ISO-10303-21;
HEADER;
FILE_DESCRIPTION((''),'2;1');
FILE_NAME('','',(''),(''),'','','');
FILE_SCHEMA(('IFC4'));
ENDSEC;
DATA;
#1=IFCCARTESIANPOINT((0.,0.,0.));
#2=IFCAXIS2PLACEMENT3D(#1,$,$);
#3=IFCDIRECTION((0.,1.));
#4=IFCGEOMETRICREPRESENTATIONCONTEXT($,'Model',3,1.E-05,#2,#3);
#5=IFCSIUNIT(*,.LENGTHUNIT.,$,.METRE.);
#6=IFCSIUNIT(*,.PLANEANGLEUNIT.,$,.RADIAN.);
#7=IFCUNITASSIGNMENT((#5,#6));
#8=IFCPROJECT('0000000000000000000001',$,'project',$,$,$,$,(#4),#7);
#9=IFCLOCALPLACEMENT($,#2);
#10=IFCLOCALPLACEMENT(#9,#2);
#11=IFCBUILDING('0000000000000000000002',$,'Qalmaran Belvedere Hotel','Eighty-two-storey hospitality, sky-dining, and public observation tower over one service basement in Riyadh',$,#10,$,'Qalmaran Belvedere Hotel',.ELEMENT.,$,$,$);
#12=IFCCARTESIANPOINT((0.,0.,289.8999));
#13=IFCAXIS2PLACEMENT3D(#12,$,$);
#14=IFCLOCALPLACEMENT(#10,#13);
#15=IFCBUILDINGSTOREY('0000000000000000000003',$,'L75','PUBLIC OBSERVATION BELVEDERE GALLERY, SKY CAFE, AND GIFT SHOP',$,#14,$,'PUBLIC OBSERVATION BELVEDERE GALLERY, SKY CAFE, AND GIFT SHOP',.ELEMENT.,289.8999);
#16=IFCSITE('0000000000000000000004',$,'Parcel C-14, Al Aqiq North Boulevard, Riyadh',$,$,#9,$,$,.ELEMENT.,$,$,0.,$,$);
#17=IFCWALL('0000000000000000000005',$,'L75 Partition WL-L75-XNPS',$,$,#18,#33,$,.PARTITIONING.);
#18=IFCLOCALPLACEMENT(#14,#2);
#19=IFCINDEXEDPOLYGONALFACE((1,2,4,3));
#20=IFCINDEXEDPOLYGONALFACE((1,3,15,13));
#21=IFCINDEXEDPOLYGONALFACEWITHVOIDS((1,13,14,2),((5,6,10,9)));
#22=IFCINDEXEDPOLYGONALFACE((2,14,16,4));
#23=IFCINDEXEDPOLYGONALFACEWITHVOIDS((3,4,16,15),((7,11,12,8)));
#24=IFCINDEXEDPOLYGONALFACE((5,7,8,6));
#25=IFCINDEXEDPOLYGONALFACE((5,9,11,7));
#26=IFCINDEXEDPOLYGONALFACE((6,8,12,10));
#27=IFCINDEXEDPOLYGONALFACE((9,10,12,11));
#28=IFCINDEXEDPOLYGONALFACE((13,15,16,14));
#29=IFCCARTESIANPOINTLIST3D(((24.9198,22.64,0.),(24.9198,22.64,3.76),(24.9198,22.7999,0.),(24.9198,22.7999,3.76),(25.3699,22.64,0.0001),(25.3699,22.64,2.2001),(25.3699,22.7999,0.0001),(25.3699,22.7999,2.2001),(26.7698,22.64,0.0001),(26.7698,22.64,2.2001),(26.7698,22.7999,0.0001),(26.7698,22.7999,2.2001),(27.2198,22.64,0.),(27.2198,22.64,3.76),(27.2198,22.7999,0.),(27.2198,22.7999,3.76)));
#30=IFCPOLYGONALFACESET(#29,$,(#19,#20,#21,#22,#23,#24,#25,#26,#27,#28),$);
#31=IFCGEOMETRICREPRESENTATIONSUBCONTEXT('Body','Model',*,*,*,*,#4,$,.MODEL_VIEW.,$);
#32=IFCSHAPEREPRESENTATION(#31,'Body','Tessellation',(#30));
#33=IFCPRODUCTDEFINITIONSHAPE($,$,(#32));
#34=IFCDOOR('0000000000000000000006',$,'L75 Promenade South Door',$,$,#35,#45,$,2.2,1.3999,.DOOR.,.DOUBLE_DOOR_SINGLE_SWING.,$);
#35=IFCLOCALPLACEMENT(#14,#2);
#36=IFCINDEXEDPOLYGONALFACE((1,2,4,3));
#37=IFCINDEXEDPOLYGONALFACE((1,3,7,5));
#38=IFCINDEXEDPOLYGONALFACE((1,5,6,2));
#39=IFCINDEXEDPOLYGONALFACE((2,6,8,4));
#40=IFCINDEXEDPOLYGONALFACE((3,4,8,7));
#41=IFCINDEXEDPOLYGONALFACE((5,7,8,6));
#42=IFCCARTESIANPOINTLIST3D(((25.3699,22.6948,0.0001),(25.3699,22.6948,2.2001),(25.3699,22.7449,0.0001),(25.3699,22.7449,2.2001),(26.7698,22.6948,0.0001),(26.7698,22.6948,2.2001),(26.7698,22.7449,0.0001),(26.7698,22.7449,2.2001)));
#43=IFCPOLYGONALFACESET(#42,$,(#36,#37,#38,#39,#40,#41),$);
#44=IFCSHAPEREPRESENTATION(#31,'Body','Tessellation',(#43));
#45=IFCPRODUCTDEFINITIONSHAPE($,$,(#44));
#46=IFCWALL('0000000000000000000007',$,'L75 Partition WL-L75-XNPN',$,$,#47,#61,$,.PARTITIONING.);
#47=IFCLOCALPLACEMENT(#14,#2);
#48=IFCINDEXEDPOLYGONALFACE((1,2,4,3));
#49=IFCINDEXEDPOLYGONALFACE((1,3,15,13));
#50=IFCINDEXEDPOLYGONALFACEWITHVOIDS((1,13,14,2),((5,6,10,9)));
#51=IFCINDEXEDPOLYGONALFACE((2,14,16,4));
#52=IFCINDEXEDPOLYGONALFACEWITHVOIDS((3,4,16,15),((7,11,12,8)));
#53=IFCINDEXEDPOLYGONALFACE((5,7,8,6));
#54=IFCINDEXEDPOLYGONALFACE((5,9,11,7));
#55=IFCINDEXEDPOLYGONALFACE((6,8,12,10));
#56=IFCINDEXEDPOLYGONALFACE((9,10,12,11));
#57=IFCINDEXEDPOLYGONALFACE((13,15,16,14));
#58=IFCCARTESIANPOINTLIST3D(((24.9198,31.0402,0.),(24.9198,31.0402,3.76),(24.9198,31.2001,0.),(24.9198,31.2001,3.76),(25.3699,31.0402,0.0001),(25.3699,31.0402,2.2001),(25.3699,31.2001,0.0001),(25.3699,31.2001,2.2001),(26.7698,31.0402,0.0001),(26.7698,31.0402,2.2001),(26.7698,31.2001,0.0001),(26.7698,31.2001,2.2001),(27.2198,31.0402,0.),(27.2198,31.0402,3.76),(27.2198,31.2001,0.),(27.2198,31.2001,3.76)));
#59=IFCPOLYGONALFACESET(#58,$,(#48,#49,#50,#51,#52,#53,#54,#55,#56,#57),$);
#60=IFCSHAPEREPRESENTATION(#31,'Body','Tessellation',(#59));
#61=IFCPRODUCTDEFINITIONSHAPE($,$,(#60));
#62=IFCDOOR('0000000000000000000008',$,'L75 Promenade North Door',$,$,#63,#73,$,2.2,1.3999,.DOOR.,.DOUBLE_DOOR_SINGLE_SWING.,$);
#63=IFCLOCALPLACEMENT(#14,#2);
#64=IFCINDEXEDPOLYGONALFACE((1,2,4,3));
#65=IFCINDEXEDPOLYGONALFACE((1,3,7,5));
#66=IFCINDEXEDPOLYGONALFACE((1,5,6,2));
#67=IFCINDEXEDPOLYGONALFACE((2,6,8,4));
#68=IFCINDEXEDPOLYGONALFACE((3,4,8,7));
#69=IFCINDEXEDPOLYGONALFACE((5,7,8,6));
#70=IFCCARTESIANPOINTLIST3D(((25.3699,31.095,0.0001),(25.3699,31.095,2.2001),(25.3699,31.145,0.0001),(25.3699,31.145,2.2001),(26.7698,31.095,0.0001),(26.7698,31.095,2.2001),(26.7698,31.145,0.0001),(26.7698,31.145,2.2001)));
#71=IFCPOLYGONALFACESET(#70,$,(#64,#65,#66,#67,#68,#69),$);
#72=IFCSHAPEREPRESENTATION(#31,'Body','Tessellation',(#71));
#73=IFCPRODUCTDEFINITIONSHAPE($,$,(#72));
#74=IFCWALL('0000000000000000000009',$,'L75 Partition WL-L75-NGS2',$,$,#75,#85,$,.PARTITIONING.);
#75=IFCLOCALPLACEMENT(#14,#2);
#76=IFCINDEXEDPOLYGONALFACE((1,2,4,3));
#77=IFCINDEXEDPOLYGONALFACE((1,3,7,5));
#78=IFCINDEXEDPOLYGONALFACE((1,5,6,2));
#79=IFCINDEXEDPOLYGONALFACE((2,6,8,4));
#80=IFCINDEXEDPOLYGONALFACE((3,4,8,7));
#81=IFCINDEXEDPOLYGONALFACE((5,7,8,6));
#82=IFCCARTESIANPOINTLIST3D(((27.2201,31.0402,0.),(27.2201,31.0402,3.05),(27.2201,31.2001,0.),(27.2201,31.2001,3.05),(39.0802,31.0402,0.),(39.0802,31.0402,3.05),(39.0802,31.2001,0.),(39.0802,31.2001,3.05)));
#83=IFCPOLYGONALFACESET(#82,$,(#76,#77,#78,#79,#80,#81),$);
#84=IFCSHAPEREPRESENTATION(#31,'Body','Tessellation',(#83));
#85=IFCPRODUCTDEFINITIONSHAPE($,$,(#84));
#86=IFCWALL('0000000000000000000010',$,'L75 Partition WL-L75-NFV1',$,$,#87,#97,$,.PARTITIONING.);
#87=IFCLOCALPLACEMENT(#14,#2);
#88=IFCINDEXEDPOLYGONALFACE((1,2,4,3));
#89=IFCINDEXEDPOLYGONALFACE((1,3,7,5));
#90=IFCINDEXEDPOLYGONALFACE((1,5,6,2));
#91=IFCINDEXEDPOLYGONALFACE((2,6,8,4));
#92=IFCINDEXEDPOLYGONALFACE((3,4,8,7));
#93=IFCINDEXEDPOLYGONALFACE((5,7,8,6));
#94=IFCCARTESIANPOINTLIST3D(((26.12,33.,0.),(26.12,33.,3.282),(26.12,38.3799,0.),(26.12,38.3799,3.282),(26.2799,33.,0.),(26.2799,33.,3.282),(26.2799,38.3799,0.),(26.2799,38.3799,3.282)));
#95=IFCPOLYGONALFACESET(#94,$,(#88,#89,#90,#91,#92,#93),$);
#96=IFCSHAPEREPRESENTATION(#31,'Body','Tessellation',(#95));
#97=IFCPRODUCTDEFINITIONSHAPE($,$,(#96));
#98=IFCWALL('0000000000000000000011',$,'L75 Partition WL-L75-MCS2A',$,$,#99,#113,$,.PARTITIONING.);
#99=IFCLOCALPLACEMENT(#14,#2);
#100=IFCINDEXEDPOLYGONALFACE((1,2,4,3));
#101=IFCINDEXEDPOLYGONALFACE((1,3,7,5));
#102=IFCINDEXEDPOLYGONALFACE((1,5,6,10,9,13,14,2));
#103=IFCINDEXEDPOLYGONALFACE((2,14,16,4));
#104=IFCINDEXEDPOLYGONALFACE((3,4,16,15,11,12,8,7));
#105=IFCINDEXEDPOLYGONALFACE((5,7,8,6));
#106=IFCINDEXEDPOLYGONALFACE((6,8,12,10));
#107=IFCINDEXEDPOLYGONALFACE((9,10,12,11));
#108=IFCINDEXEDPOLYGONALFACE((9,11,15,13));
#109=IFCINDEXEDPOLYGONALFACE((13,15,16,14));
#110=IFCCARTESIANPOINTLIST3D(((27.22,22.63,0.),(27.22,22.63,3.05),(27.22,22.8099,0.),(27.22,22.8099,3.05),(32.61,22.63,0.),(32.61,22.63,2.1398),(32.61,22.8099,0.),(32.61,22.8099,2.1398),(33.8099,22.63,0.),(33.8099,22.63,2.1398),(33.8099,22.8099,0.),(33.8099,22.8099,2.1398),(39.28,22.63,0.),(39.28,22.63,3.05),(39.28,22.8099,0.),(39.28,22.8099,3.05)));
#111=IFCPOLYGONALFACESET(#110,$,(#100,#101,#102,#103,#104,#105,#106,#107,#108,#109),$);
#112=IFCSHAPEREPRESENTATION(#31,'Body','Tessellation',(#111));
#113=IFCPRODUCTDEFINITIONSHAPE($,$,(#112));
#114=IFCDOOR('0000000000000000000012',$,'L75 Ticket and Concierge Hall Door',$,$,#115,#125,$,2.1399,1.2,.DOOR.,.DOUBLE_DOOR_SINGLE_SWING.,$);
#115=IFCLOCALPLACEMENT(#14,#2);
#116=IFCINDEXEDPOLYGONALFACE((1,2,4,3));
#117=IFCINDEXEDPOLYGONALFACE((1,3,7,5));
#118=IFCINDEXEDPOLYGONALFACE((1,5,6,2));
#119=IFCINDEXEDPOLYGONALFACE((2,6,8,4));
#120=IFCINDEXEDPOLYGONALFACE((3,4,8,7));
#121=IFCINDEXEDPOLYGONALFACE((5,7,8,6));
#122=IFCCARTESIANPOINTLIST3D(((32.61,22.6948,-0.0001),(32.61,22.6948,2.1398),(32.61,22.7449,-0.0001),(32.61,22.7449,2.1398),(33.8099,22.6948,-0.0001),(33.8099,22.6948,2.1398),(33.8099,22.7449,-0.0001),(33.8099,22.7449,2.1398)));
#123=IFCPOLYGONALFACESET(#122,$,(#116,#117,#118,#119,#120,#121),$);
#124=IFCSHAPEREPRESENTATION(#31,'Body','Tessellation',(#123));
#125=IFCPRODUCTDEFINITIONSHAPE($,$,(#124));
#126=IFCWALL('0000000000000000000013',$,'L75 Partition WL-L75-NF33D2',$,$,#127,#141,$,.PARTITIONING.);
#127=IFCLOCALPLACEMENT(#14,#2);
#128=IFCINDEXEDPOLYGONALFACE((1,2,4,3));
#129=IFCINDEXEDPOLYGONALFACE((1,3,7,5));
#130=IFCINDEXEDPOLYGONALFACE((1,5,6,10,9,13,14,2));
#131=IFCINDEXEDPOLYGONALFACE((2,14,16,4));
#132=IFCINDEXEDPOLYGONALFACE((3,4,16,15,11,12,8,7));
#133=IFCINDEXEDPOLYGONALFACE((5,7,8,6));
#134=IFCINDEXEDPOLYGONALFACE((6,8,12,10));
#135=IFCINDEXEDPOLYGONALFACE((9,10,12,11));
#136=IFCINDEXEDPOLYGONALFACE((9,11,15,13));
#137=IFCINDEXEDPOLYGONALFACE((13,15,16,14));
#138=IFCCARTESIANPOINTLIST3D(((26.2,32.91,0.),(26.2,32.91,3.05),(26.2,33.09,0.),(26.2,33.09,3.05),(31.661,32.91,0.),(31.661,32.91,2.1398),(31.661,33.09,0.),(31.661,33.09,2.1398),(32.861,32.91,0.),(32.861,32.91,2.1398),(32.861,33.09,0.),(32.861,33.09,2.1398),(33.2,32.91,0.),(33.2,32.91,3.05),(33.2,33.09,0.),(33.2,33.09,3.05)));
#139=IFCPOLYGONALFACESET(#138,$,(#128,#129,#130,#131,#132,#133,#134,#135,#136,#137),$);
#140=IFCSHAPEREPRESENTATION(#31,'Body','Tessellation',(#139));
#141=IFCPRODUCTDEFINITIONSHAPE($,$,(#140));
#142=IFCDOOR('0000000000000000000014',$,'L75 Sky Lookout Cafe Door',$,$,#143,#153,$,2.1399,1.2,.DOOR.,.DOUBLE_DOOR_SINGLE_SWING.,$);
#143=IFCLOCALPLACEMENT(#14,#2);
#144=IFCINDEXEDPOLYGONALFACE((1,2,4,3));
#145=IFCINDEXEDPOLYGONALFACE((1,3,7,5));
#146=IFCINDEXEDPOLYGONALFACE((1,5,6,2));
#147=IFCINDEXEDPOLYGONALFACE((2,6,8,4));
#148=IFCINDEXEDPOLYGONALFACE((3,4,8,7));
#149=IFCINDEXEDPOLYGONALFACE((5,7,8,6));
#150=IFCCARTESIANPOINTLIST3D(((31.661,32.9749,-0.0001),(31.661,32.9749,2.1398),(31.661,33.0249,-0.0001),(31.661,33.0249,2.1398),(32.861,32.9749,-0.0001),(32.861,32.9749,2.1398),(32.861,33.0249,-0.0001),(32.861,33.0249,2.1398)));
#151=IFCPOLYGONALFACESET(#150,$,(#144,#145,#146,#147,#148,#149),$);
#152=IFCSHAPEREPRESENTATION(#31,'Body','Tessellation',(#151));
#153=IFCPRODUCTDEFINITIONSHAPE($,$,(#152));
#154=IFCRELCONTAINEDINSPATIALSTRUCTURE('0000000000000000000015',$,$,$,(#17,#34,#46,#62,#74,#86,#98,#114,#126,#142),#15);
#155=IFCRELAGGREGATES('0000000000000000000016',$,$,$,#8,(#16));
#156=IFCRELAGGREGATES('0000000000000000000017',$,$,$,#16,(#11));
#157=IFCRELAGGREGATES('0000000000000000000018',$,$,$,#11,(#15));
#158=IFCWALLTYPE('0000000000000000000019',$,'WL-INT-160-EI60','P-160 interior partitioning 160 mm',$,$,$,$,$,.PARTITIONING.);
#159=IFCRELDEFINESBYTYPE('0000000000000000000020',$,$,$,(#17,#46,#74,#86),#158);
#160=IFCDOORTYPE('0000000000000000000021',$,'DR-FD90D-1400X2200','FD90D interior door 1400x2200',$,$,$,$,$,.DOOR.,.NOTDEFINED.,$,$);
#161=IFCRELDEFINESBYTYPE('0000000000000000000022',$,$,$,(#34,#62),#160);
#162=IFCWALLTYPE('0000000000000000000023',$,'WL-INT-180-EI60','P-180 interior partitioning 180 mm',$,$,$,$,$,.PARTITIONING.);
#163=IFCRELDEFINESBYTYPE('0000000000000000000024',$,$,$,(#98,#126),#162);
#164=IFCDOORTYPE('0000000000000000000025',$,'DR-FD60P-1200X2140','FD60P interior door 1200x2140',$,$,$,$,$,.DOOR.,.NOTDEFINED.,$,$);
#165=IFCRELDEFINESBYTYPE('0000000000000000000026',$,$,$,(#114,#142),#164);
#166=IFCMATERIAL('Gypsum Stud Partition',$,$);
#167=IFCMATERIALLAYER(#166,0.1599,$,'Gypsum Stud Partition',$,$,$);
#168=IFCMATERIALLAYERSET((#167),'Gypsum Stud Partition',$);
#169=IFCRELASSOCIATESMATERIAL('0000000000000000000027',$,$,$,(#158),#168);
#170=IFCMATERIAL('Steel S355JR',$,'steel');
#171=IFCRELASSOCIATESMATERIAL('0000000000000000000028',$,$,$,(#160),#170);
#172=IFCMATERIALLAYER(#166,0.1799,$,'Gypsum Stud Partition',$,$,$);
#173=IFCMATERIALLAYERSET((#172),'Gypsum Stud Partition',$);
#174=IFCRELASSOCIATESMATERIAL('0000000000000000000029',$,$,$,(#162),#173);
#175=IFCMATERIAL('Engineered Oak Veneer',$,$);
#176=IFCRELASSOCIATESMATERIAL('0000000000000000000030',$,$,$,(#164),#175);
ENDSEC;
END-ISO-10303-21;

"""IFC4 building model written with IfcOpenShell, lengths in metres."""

from ifc_helpers import new_model, si_unit, direction, frame, frame_2d, origin, place, context, subcontext, project, spatial, rectangle, extrude, material, layer, layer_set, type_object, element, fill, save


model = new_model("IFC4")

# Units and contexts
model_context = context("Model", 3, precision=1e-05, world=origin(), true_north=direction((0.0, 1.0)))
body_context = subcontext(model_context, "Body", "Model", "MODEL_VIEW")
ifc_project = project(units=[si_unit("LENGTHUNIT", "METRE"), si_unit("PLANEANGLEUNIT", "RADIAN")], contexts=[model_context])

# Site, building, storey
site_placement = place(None, origin())
site = spatial("IfcSite", under=ifc_project, at=site_placement, Name="Parcel C-14, Al Aqiq North Boulevard, Riyadh", CompositionType="ELEMENT", RefElevation=0.0)
building_placement = place(site_placement, origin())
building = spatial("IfcBuilding", under=site, at=building_placement, Name="Qalmaran Belvedere Hotel", Description="Eighty-two-storey hospitality, sky-dining, and public observation tower over one service basement in Riyadh", LongName="Qalmaran Belvedere Hotel", CompositionType="ELEMENT")
storey_placement = place(building_placement, frame((0.0, 0.0, 289.8999)))
storey = spatial("IfcBuildingStorey", under=building, at=storey_placement, Name="L75", Description="PUBLIC OBSERVATION BELVEDERE GALLERY, SKY CAFE, AND GIFT SHOP", LongName="PUBLIC OBSERVATION BELVEDERE GALLERY, SKY CAFE, AND GIFT SHOP", CompositionType="ELEMENT", Elevation=289.8999)

# Shared definitions
ifc_material_1 = material(Name="Steel S355JR", Category="steel")

# Shared definitions
ifc_material_2 = material(Name="Gypsum Stud Partition")
ifc_layer_1 = layer(ifc_material_2, 0.1599, Name="Gypsum Stud Partition")
ifc_layer_set_1 = layer_set([ifc_layer_1], Name="Gypsum Stud Partition")
wall_type_1 = type_object("IfcWallType", Name="WL-INT-160-EI60", Description="P-160 interior partitioning 160 mm", PredefinedType="PARTITIONING", material=ifc_layer_set_1)

# Walls, openings, doors
wall_1_placement = place(storey_placement, frame((24.9199, 22.72, 0.0), z_axis=(0.0, 0.0, 1.0), x_axis=(1.0, 0.0, 0.0)))
wall_1 = element("IfcWall", 1, at=wall_1_placement, inside=storey, type_object=wall_type_1, Name="L75 Partition WL-L75-XNPS", PredefinedType="PARTITIONING", context=body_context, shape_type="SweptSolid", body=[
    extrude(rectangle(XDim=2.3, YDim=0.1599, at=frame_2d((1.1499, 0.0))), origin(), (0.0, 0.0, 1.0), 3.76),
])
opening_1_placement = place(wall_1_placement, frame((0.45, 0.0, 0.0)))
opening_1 = element("IfcOpeningElement", 2, at=opening_1_placement, cuts=wall_1, PredefinedType="OPENING", context=body_context, shape_type="SweptSolid", body=[
    extrude(rectangle(XDim=1.3999, YDim=2.2, at=frame_2d((0.7, 1.1001))), frame((0.0, 0.0898, 0.0), z_axis=(0.0, -1.0, 0.0), x_axis=(1.0, 0.0, 0.0)), (0.0, 0.0, 1.0), 0.1799),
])
door_type_1 = type_object("IfcDoorType", Name="DR-FD90D-1400X2200", Description="FD90D interior door 1400x2200", OperationType="NOTDEFINED", PredefinedType="DOOR", material=ifc_material_1)
door_1_placement = place(opening_1_placement, origin())
door_1 = element("IfcDoor", 3, at=door_1_placement, inside=storey, type_object=door_type_1, Name="L75 Promenade South Door", OperationType="DOUBLE_DOOR_SINGLE_SWING", OverallHeight=2.2, OverallWidth=1.3999, PredefinedType="DOOR", context=body_context, shape_type="SweptSolid", body=[
    extrude(rectangle(XDim=1.3999, YDim=2.2, at=frame_2d((0.7, 1.1001))), frame((0.0, 0.0249, 0.0), z_axis=(0.0, -1.0, 0.0), x_axis=(1.0, 0.0, 0.0)), (0.0, 0.0, 1.0), 0.05),
])
fill(opening_1, door_1)
wall_2_placement = place(storey_placement, frame((24.9199, 31.1201, 0.0), z_axis=(0.0, 0.0, 1.0), x_axis=(1.0, 0.0, 0.0)))
wall_2 = element("IfcWall", 4, at=wall_2_placement, inside=storey, type_object=wall_type_1, Name="L75 Partition WL-L75-XNPN", PredefinedType="PARTITIONING", context=body_context, shape_type="SweptSolid", body=[
    extrude(rectangle(XDim=2.3, YDim=0.1599, at=frame_2d((1.1499, 0.0))), origin(), (0.0, 0.0, 1.0), 3.76),
])
opening_2_placement = place(wall_2_placement, frame((0.45, 0.0, 0.0)))
opening_2 = element("IfcOpeningElement", 5, at=opening_2_placement, cuts=wall_2, PredefinedType="OPENING", context=body_context, shape_type="SweptSolid", body=[
    extrude(rectangle(XDim=1.3999, YDim=2.2, at=frame_2d((0.7, 1.1001))), frame((0.0, 0.0898, 0.0), z_axis=(0.0, -1.0, 0.0), x_axis=(1.0, 0.0, 0.0)), (0.0, 0.0, 1.0), 0.1799),
])
door_2_placement = place(opening_2_placement, origin())
door_2 = element("IfcDoor", 6, at=door_2_placement, inside=storey, type_object=door_type_1, Name="L75 Promenade North Door", OperationType="DOUBLE_DOOR_SINGLE_SWING", OverallHeight=2.2, OverallWidth=1.3999, PredefinedType="DOOR", context=body_context, shape_type="SweptSolid", body=[
    extrude(rectangle(XDim=1.3999, YDim=2.2, at=frame_2d((0.7, 1.1001))), frame((0.0, 0.0249, 0.0), z_axis=(0.0, -1.0, 0.0), x_axis=(1.0, 0.0, 0.0)), (0.0, 0.0, 1.0), 0.05),
])
fill(opening_2, door_2)

# Walls
wall_3_placement = place(storey_placement, frame((27.22, 31.1201, 0.0), z_axis=(0.0, 0.0, 1.0), x_axis=(1.0, 0.0, 0.0)))
element("IfcWall", 7, at=wall_3_placement, inside=storey, type_object=wall_type_1, Name="L75 Partition WL-L75-NGS2", PredefinedType="PARTITIONING", context=body_context, shape_type="SweptSolid", body=[
    extrude(rectangle(XDim=11.8601, YDim=0.1599, at=frame_2d((5.9302, 0.0))), origin(), (0.0, 0.0, 1.0), 3.05),
])
wall_4_placement = place(storey_placement, frame((26.2, 33.0, 0.0), z_axis=(0.0, 0.0, 1.0), x_axis=(0.0, 1.0, 0.0)))
element("IfcWall", 8, at=wall_4_placement, inside=storey, type_object=wall_type_1, Name="L75 Partition WL-L75-NFV1", PredefinedType="PARTITIONING", context=body_context, shape_type="SweptSolid", body=[
    extrude(rectangle(XDim=5.3799, YDim=0.1599, at=frame_2d((2.6899, 0.0))), origin(), (0.0, 0.0, 1.0), 3.282),
])

# Walls, openings, doors
ifc_layer_2 = layer(ifc_material_2, 0.1799, Name="Gypsum Stud Partition")
ifc_layer_set_2 = layer_set([ifc_layer_2], Name="Gypsum Stud Partition")
wall_type_2 = type_object("IfcWallType", Name="WL-INT-180-EI60", Description="P-180 interior partitioning 180 mm", PredefinedType="PARTITIONING", material=ifc_layer_set_2)
wall_5_placement = place(storey_placement, frame((27.22, 22.72, 0.0), z_axis=(0.0, 0.0, 1.0), x_axis=(1.0, 0.0, 0.0)))
wall_5 = element("IfcWall", 9, at=wall_5_placement, inside=storey, type_object=wall_type_2, Name="L75 Partition WL-L75-MCS2A", PredefinedType="PARTITIONING", context=body_context, shape_type="SweptSolid", body=[
    extrude(rectangle(XDim=12.0601, YDim=0.1799, at=frame_2d((6.03, 0.0))), origin(), (0.0, 0.0, 1.0), 3.05),
])
opening_3_placement = place(wall_5_placement, frame((5.3899, 0.0, 0.0)))
opening_3 = element("IfcOpeningElement", 10, at=opening_3_placement, cuts=wall_5, PredefinedType="OPENING", context=body_context, shape_type="SweptSolid", body=[
    extrude(rectangle(XDim=1.2, YDim=2.1399, at=frame_2d((0.6001, 1.0698))), frame((0.0, 0.1001, 0.0), z_axis=(0.0, -1.0, 0.0), x_axis=(1.0, 0.0, 0.0)), (0.0, 0.0, 1.0), 0.2),
])
ifc_material_3 = material(Name="Engineered Oak Veneer")
door_type_2 = type_object("IfcDoorType", Name="DR-FD60P-1200X2140", Description="FD60P interior door 1200x2140", OperationType="NOTDEFINED", PredefinedType="DOOR", material=ifc_material_3)
door_3_placement = place(opening_3_placement, origin())
door_3 = element("IfcDoor", 11, at=door_3_placement, inside=storey, type_object=door_type_2, Name="L75 Ticket and Concierge Hall Door", OperationType="DOUBLE_DOOR_SINGLE_SWING", OverallHeight=2.1399, OverallWidth=1.2, PredefinedType="DOOR", context=body_context, shape_type="SweptSolid", body=[
    extrude(rectangle(XDim=1.2, YDim=2.1399, at=frame_2d((0.6001, 1.0698))), frame((0.0, 0.0249, 0.0), z_axis=(0.0, -1.0, 0.0), x_axis=(1.0, 0.0, 0.0)), (0.0, 0.0, 1.0), 0.05),
])
fill(opening_3, door_3)
wall_6_placement = place(storey_placement, frame((26.2, 33.0, 0.0), z_axis=(0.0, 0.0, 1.0), x_axis=(1.0, 0.0, 0.0)))
wall_6 = element("IfcWall", 12, at=wall_6_placement, inside=storey, type_object=wall_type_2, Name="L75 Partition WL-L75-NF33D2", PredefinedType="PARTITIONING", context=body_context, shape_type="SweptSolid", body=[
    extrude(rectangle(XDim=7.0, YDim=0.1799, at=frame_2d((3.5, 0.0))), origin(), (0.0, 0.0, 1.0), 3.05),
])
opening_4_placement = place(wall_6_placement, frame((5.4609, 0.0, 0.0)))
opening_4 = element("IfcOpeningElement", 13, at=opening_4_placement, cuts=wall_6, PredefinedType="OPENING", context=body_context, shape_type="SweptSolid", body=[
    extrude(rectangle(XDim=1.2, YDim=2.1399, at=frame_2d((0.6001, 1.0698))), frame((0.0, 0.1001, 0.0), z_axis=(0.0, -1.0, 0.0), x_axis=(1.0, 0.0, 0.0)), (0.0, 0.0, 1.0), 0.2),
])
door_4_placement = place(opening_4_placement, origin())
door_4 = element("IfcDoor", 14, at=door_4_placement, inside=storey, type_object=door_type_2, Name="L75 Sky Lookout Cafe Door", OperationType="DOUBLE_DOOR_SINGLE_SWING", OverallHeight=2.1399, OverallWidth=1.2, PredefinedType="DOOR", context=body_context, shape_type="SweptSolid", body=[
    extrude(rectangle(XDim=1.2, YDim=2.1399, at=frame_2d((0.6001, 1.0698))), frame((0.0, 0.0249, 0.0), z_axis=(0.0, -1.0, 0.0), x_axis=(1.0, 0.0, 0.0)), (0.0, 0.0, 1.0), 0.05),
])
fill(opening_4, door_4)

save(model, "model.ifc")
